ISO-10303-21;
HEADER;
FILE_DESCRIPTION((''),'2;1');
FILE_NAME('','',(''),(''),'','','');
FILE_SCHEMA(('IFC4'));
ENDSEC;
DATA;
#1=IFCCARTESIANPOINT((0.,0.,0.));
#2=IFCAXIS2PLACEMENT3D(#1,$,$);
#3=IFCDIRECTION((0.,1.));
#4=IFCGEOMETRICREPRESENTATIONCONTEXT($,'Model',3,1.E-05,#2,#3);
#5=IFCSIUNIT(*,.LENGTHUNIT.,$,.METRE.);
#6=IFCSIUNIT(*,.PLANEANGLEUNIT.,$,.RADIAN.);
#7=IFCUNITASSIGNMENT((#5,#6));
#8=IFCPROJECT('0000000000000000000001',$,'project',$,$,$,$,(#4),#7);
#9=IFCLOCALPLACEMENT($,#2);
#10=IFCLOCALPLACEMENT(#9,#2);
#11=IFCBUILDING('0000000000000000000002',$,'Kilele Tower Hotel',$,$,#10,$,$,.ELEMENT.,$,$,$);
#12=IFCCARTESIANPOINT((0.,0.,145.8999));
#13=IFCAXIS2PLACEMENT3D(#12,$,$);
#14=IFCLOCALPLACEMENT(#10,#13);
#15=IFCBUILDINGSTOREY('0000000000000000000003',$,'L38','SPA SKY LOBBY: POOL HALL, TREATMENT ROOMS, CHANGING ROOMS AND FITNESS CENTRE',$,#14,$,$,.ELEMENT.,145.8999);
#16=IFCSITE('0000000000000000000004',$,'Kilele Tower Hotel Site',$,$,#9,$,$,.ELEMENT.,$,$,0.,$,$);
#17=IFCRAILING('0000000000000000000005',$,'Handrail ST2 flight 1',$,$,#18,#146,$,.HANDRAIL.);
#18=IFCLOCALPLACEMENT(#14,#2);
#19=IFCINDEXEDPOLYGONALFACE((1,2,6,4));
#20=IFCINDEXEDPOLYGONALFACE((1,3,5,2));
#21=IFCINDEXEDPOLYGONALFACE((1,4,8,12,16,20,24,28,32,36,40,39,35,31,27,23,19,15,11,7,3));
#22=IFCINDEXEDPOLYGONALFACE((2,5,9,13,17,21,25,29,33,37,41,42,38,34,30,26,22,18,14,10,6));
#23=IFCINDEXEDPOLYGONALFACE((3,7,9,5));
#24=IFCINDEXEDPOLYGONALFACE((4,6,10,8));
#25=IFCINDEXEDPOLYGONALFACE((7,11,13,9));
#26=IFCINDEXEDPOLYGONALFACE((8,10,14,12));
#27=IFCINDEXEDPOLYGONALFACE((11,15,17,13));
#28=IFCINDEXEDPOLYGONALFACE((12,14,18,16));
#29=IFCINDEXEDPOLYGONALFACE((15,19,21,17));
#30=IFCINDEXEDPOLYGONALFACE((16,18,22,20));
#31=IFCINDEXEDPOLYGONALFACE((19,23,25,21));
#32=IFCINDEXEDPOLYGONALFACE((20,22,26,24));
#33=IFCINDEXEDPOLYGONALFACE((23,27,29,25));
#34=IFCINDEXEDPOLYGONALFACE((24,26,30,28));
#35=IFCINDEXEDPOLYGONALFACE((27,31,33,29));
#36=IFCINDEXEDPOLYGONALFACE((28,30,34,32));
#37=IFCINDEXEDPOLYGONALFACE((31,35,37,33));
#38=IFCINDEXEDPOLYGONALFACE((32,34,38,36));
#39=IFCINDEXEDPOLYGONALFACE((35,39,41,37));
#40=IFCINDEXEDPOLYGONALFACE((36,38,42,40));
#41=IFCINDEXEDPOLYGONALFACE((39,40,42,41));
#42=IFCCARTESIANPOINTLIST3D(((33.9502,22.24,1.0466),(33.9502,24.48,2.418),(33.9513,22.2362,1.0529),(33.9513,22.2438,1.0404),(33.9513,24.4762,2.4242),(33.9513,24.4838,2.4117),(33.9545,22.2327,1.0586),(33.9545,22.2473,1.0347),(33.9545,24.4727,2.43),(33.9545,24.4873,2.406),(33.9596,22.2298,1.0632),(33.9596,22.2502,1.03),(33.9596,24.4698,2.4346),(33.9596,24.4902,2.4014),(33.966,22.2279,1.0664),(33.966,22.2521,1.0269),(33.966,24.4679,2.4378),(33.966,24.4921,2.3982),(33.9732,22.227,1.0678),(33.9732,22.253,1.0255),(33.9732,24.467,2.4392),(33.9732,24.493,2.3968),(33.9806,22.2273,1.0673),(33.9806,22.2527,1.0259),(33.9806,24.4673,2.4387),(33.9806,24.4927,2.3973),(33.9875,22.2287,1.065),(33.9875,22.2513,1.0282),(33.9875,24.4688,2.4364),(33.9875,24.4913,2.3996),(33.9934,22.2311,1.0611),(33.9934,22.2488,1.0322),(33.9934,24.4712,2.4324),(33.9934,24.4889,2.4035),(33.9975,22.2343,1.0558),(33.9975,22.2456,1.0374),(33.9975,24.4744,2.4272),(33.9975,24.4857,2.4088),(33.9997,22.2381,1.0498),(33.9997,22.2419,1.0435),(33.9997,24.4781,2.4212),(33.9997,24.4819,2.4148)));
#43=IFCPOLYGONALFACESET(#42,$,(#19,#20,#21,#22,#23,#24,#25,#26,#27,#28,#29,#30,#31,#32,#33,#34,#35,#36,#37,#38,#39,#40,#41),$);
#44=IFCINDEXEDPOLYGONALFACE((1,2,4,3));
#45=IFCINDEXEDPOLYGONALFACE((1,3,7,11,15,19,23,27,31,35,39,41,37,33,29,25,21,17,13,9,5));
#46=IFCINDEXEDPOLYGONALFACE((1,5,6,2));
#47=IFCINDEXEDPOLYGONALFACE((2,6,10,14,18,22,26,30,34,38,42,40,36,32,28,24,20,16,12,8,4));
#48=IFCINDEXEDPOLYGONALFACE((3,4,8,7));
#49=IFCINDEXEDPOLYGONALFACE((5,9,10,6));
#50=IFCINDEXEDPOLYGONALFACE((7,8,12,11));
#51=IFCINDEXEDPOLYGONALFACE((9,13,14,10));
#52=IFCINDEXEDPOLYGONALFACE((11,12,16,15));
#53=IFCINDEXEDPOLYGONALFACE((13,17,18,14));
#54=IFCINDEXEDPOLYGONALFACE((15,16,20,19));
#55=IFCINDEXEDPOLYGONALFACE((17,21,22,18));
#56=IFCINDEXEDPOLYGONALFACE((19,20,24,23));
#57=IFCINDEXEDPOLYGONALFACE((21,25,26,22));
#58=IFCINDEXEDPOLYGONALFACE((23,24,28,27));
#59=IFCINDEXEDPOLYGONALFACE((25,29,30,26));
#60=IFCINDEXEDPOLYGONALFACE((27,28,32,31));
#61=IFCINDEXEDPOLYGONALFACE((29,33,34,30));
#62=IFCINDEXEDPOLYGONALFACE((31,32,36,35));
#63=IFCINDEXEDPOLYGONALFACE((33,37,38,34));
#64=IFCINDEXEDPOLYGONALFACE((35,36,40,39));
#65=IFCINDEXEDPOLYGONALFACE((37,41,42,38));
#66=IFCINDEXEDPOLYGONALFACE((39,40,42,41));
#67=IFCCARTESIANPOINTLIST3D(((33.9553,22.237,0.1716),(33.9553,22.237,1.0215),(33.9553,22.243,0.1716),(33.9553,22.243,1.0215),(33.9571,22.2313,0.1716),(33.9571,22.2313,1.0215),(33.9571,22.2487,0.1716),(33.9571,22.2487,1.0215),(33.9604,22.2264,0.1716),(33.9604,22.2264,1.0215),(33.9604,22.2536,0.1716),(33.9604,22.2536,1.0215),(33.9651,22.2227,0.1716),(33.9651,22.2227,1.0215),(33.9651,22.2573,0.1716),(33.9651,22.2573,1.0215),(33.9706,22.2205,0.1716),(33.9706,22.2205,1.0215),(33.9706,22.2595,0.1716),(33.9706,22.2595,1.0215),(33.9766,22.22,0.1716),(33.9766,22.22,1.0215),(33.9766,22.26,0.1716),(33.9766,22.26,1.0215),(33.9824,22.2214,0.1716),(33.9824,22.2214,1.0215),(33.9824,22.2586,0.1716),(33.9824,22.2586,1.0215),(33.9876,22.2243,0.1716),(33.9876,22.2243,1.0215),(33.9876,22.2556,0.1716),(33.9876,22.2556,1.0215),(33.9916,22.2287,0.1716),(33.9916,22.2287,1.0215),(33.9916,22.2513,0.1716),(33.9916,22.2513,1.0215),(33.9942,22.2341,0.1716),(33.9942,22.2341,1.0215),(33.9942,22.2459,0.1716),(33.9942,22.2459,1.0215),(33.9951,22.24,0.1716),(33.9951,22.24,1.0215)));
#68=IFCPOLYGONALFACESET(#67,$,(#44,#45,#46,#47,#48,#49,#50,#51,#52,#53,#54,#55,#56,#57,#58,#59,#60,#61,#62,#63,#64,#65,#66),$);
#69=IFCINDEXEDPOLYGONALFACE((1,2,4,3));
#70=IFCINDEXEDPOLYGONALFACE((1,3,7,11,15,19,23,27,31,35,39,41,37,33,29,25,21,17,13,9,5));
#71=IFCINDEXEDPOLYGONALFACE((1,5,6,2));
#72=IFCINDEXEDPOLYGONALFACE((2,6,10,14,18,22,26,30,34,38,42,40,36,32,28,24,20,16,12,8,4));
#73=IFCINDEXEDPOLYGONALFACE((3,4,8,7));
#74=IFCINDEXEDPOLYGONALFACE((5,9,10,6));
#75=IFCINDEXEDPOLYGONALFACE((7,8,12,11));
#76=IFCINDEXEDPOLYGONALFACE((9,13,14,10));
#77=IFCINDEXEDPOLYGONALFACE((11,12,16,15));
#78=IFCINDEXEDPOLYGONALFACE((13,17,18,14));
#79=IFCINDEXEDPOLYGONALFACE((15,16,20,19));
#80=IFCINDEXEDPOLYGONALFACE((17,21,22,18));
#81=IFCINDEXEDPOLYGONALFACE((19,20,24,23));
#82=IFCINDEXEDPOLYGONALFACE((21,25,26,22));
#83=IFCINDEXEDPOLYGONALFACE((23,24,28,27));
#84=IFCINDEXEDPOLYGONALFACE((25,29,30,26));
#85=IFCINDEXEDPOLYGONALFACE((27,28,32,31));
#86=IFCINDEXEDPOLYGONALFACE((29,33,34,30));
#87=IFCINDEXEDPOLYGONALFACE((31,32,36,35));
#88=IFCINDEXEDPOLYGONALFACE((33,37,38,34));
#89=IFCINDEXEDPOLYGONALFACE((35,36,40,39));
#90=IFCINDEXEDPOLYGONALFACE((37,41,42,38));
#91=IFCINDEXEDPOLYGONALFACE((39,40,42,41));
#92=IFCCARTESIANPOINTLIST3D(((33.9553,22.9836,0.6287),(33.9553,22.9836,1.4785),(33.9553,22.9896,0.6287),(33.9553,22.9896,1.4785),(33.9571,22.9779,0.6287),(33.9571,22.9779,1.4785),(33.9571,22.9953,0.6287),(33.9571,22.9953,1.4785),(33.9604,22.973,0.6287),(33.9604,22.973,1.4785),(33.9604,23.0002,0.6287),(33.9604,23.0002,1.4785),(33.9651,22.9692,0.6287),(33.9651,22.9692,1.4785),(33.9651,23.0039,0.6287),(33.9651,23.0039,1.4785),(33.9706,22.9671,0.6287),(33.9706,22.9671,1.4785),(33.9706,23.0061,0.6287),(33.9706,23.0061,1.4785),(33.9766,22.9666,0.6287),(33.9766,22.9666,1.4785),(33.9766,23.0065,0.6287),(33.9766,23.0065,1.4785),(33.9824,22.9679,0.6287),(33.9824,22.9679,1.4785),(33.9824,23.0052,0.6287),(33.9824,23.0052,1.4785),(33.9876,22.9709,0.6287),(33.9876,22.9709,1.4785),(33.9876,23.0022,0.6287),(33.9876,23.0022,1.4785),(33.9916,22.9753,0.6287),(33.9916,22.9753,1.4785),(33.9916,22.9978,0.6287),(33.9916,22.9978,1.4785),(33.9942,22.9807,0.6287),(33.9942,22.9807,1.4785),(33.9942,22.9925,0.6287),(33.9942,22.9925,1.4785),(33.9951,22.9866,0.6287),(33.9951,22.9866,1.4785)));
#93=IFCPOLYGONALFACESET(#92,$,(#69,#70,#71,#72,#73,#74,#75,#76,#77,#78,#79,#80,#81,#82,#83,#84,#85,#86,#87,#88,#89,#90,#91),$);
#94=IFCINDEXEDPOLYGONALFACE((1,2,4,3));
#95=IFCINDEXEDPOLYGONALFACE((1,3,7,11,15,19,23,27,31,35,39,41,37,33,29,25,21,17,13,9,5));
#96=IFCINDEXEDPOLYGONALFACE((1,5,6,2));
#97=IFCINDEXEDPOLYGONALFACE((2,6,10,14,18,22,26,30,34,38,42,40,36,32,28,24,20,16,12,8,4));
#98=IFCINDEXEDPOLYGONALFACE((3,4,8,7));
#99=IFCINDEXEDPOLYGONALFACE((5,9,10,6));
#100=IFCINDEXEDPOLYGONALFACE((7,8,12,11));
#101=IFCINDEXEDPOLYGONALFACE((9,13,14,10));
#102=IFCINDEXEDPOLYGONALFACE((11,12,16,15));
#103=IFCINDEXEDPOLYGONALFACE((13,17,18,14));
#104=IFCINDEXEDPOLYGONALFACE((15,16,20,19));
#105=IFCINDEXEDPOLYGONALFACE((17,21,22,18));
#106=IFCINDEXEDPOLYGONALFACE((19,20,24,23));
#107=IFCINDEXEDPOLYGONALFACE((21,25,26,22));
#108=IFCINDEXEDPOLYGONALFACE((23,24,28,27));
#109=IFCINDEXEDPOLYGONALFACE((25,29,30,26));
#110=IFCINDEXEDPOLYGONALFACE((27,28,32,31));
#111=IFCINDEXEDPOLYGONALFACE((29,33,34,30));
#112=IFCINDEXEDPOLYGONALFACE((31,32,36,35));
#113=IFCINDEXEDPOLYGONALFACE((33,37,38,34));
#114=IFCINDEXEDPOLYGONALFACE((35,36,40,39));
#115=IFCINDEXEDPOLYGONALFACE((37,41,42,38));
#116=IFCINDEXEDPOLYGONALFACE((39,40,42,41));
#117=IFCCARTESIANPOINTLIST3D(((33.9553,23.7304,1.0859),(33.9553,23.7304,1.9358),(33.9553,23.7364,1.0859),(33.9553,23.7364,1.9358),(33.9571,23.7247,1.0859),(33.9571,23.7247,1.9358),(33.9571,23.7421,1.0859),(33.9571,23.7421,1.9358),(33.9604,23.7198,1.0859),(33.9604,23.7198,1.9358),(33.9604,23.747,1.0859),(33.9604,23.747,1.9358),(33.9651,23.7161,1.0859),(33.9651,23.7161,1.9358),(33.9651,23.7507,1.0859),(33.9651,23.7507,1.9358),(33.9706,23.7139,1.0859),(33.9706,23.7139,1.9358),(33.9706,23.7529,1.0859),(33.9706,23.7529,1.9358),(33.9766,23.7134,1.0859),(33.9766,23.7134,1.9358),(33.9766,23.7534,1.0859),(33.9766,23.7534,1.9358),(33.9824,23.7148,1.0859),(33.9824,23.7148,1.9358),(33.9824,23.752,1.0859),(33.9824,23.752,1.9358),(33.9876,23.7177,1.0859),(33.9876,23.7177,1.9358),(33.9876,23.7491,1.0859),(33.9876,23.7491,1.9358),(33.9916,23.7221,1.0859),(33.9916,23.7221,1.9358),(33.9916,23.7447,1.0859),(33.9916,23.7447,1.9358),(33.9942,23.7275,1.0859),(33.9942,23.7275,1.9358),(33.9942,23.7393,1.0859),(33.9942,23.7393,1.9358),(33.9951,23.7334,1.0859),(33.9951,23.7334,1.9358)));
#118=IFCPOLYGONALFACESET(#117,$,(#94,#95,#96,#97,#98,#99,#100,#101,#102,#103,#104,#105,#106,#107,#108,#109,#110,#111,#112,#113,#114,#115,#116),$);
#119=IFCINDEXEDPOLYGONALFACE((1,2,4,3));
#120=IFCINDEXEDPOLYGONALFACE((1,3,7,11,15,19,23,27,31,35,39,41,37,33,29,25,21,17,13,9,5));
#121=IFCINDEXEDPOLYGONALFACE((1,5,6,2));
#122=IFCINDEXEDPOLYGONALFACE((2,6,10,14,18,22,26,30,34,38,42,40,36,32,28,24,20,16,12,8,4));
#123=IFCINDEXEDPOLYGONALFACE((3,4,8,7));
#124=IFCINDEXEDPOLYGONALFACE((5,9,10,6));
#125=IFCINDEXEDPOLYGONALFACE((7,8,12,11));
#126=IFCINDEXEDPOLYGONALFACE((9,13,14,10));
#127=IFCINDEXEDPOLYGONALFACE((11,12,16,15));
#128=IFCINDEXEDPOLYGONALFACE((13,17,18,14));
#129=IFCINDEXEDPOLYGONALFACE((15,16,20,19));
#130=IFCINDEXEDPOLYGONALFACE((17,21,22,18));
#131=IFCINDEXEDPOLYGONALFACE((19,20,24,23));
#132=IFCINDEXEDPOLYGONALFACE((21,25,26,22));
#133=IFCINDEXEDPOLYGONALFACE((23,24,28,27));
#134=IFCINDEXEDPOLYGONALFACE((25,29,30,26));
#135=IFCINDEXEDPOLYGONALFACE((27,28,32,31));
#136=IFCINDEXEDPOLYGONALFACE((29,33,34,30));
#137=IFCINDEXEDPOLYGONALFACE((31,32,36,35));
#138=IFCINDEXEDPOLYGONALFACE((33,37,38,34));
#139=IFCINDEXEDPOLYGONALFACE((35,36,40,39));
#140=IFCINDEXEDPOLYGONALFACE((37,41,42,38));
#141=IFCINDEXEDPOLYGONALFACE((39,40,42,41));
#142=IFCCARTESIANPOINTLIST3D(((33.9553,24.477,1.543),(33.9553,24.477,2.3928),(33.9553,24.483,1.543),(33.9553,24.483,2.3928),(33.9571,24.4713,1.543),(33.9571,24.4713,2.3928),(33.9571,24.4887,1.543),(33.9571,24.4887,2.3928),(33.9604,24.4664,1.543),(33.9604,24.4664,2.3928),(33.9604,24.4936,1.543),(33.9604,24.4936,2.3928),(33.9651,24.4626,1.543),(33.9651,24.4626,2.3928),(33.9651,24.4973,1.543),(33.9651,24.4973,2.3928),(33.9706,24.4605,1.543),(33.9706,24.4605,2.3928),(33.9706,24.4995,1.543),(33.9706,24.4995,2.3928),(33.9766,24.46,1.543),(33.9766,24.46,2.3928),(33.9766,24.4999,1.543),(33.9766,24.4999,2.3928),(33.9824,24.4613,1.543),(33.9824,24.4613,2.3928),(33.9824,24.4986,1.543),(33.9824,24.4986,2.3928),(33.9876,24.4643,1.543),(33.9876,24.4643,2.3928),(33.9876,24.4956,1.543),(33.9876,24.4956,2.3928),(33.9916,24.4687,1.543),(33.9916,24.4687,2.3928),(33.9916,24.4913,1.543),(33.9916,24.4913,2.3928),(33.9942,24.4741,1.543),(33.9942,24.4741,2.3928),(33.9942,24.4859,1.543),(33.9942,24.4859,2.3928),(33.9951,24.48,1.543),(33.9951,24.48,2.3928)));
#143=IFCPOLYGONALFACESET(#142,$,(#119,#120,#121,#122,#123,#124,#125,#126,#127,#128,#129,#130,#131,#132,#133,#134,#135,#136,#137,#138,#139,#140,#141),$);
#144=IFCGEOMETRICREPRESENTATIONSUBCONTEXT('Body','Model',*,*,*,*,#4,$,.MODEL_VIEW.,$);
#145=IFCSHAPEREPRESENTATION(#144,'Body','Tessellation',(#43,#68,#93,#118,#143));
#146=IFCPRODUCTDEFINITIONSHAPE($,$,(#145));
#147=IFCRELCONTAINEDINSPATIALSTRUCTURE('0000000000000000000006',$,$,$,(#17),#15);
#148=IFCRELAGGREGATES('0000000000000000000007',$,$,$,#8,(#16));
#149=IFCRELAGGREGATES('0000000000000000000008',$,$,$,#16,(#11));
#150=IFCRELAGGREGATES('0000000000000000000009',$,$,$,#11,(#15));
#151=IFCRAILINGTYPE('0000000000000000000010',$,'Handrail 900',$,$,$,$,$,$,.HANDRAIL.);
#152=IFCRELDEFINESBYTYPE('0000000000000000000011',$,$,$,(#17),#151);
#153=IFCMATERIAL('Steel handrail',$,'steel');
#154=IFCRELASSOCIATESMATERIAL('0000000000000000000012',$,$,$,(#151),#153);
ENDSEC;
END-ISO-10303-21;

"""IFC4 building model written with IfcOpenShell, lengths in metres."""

from ifc_helpers import new_model, si_unit, direction, frame, origin, origin_2d, place, context, subcontext, project, spatial, circle, extrude, material, type_object, element, save


model = new_model("IFC4")

# Units and contexts
model_context = context("Model", 3, precision=1e-05, world=origin(), true_north=direction((0.0, 1.0)))
body_context = subcontext(model_context, "Body", "Model", "MODEL_VIEW")
ifc_project = project(units=[si_unit("LENGTHUNIT", "METRE"), si_unit("PLANEANGLEUNIT", "RADIAN")], contexts=[model_context])

# Site, building, storey
site_placement = place(None, origin())
site = spatial("IfcSite", under=ifc_project, at=site_placement, Name="Kilele Tower Hotel Site", CompositionType="ELEMENT", RefElevation=0.0)
building_placement = place(site_placement, origin())
building = spatial("IfcBuilding", under=site, at=building_placement, Name="Kilele Tower Hotel", CompositionType="ELEMENT")
storey_placement = place(building_placement, frame((0.0, 0.0, 145.8999)))
storey = spatial("IfcBuildingStorey", under=building, at=storey_placement, Name="L38", Description="SPA SKY LOBBY: POOL HALL, TREATMENT ROOMS, CHANGING ROOMS AND FITNESS CENTRE", CompositionType="ELEMENT", Elevation=145.8999)

# Railing
ifc_material_1 = material(Name="Steel handrail", Category="steel")
railing_type_1 = type_object("IfcRailingType", Name="Handrail 900", PredefinedType="HANDRAIL", material=ifc_material_1)
for number, where, name in (
    (1, (33.9751, 22.24, 0.1716), "Handrail ST2 flight 1"),
):
    element("IfcRailing", number, at=place(storey_placement, frame(where)), inside=storey, type_object=railing_type_1, Name=name, PredefinedType="HANDRAIL", context=body_context, shape_type="SweptSolid", body=[
        extrude(circle(Radius=0.0249, at=origin_2d()), frame((0.0, 0.0, 0.875), z_axis=(0.0, 0.852866, 0.52213), x_axis=(-1.0, 0.0, 0.0)), (0.0, 0.0, 1.0), 2.6265),
        extrude(circle(Radius=0.02, at=origin_2d()), origin(), (0.0, 0.0, 1.0), 0.8499),
        extrude(circle(Radius=0.02, at=origin_2d()), frame((0.0, 0.7466, 0.457)), (0.0, 0.0, 1.0), 0.8499),
        extrude(circle(Radius=0.02, at=origin_2d()), frame((0.0, 1.4934, 0.9143)), (0.0, 0.0, 1.0), 0.8499),
        extrude(circle(Radius=0.02, at=origin_2d()), frame((0.0, 2.24, 1.3713)), (0.0, 0.0, 1.0), 0.8499),
    ])

save(model, "model.ifc")
